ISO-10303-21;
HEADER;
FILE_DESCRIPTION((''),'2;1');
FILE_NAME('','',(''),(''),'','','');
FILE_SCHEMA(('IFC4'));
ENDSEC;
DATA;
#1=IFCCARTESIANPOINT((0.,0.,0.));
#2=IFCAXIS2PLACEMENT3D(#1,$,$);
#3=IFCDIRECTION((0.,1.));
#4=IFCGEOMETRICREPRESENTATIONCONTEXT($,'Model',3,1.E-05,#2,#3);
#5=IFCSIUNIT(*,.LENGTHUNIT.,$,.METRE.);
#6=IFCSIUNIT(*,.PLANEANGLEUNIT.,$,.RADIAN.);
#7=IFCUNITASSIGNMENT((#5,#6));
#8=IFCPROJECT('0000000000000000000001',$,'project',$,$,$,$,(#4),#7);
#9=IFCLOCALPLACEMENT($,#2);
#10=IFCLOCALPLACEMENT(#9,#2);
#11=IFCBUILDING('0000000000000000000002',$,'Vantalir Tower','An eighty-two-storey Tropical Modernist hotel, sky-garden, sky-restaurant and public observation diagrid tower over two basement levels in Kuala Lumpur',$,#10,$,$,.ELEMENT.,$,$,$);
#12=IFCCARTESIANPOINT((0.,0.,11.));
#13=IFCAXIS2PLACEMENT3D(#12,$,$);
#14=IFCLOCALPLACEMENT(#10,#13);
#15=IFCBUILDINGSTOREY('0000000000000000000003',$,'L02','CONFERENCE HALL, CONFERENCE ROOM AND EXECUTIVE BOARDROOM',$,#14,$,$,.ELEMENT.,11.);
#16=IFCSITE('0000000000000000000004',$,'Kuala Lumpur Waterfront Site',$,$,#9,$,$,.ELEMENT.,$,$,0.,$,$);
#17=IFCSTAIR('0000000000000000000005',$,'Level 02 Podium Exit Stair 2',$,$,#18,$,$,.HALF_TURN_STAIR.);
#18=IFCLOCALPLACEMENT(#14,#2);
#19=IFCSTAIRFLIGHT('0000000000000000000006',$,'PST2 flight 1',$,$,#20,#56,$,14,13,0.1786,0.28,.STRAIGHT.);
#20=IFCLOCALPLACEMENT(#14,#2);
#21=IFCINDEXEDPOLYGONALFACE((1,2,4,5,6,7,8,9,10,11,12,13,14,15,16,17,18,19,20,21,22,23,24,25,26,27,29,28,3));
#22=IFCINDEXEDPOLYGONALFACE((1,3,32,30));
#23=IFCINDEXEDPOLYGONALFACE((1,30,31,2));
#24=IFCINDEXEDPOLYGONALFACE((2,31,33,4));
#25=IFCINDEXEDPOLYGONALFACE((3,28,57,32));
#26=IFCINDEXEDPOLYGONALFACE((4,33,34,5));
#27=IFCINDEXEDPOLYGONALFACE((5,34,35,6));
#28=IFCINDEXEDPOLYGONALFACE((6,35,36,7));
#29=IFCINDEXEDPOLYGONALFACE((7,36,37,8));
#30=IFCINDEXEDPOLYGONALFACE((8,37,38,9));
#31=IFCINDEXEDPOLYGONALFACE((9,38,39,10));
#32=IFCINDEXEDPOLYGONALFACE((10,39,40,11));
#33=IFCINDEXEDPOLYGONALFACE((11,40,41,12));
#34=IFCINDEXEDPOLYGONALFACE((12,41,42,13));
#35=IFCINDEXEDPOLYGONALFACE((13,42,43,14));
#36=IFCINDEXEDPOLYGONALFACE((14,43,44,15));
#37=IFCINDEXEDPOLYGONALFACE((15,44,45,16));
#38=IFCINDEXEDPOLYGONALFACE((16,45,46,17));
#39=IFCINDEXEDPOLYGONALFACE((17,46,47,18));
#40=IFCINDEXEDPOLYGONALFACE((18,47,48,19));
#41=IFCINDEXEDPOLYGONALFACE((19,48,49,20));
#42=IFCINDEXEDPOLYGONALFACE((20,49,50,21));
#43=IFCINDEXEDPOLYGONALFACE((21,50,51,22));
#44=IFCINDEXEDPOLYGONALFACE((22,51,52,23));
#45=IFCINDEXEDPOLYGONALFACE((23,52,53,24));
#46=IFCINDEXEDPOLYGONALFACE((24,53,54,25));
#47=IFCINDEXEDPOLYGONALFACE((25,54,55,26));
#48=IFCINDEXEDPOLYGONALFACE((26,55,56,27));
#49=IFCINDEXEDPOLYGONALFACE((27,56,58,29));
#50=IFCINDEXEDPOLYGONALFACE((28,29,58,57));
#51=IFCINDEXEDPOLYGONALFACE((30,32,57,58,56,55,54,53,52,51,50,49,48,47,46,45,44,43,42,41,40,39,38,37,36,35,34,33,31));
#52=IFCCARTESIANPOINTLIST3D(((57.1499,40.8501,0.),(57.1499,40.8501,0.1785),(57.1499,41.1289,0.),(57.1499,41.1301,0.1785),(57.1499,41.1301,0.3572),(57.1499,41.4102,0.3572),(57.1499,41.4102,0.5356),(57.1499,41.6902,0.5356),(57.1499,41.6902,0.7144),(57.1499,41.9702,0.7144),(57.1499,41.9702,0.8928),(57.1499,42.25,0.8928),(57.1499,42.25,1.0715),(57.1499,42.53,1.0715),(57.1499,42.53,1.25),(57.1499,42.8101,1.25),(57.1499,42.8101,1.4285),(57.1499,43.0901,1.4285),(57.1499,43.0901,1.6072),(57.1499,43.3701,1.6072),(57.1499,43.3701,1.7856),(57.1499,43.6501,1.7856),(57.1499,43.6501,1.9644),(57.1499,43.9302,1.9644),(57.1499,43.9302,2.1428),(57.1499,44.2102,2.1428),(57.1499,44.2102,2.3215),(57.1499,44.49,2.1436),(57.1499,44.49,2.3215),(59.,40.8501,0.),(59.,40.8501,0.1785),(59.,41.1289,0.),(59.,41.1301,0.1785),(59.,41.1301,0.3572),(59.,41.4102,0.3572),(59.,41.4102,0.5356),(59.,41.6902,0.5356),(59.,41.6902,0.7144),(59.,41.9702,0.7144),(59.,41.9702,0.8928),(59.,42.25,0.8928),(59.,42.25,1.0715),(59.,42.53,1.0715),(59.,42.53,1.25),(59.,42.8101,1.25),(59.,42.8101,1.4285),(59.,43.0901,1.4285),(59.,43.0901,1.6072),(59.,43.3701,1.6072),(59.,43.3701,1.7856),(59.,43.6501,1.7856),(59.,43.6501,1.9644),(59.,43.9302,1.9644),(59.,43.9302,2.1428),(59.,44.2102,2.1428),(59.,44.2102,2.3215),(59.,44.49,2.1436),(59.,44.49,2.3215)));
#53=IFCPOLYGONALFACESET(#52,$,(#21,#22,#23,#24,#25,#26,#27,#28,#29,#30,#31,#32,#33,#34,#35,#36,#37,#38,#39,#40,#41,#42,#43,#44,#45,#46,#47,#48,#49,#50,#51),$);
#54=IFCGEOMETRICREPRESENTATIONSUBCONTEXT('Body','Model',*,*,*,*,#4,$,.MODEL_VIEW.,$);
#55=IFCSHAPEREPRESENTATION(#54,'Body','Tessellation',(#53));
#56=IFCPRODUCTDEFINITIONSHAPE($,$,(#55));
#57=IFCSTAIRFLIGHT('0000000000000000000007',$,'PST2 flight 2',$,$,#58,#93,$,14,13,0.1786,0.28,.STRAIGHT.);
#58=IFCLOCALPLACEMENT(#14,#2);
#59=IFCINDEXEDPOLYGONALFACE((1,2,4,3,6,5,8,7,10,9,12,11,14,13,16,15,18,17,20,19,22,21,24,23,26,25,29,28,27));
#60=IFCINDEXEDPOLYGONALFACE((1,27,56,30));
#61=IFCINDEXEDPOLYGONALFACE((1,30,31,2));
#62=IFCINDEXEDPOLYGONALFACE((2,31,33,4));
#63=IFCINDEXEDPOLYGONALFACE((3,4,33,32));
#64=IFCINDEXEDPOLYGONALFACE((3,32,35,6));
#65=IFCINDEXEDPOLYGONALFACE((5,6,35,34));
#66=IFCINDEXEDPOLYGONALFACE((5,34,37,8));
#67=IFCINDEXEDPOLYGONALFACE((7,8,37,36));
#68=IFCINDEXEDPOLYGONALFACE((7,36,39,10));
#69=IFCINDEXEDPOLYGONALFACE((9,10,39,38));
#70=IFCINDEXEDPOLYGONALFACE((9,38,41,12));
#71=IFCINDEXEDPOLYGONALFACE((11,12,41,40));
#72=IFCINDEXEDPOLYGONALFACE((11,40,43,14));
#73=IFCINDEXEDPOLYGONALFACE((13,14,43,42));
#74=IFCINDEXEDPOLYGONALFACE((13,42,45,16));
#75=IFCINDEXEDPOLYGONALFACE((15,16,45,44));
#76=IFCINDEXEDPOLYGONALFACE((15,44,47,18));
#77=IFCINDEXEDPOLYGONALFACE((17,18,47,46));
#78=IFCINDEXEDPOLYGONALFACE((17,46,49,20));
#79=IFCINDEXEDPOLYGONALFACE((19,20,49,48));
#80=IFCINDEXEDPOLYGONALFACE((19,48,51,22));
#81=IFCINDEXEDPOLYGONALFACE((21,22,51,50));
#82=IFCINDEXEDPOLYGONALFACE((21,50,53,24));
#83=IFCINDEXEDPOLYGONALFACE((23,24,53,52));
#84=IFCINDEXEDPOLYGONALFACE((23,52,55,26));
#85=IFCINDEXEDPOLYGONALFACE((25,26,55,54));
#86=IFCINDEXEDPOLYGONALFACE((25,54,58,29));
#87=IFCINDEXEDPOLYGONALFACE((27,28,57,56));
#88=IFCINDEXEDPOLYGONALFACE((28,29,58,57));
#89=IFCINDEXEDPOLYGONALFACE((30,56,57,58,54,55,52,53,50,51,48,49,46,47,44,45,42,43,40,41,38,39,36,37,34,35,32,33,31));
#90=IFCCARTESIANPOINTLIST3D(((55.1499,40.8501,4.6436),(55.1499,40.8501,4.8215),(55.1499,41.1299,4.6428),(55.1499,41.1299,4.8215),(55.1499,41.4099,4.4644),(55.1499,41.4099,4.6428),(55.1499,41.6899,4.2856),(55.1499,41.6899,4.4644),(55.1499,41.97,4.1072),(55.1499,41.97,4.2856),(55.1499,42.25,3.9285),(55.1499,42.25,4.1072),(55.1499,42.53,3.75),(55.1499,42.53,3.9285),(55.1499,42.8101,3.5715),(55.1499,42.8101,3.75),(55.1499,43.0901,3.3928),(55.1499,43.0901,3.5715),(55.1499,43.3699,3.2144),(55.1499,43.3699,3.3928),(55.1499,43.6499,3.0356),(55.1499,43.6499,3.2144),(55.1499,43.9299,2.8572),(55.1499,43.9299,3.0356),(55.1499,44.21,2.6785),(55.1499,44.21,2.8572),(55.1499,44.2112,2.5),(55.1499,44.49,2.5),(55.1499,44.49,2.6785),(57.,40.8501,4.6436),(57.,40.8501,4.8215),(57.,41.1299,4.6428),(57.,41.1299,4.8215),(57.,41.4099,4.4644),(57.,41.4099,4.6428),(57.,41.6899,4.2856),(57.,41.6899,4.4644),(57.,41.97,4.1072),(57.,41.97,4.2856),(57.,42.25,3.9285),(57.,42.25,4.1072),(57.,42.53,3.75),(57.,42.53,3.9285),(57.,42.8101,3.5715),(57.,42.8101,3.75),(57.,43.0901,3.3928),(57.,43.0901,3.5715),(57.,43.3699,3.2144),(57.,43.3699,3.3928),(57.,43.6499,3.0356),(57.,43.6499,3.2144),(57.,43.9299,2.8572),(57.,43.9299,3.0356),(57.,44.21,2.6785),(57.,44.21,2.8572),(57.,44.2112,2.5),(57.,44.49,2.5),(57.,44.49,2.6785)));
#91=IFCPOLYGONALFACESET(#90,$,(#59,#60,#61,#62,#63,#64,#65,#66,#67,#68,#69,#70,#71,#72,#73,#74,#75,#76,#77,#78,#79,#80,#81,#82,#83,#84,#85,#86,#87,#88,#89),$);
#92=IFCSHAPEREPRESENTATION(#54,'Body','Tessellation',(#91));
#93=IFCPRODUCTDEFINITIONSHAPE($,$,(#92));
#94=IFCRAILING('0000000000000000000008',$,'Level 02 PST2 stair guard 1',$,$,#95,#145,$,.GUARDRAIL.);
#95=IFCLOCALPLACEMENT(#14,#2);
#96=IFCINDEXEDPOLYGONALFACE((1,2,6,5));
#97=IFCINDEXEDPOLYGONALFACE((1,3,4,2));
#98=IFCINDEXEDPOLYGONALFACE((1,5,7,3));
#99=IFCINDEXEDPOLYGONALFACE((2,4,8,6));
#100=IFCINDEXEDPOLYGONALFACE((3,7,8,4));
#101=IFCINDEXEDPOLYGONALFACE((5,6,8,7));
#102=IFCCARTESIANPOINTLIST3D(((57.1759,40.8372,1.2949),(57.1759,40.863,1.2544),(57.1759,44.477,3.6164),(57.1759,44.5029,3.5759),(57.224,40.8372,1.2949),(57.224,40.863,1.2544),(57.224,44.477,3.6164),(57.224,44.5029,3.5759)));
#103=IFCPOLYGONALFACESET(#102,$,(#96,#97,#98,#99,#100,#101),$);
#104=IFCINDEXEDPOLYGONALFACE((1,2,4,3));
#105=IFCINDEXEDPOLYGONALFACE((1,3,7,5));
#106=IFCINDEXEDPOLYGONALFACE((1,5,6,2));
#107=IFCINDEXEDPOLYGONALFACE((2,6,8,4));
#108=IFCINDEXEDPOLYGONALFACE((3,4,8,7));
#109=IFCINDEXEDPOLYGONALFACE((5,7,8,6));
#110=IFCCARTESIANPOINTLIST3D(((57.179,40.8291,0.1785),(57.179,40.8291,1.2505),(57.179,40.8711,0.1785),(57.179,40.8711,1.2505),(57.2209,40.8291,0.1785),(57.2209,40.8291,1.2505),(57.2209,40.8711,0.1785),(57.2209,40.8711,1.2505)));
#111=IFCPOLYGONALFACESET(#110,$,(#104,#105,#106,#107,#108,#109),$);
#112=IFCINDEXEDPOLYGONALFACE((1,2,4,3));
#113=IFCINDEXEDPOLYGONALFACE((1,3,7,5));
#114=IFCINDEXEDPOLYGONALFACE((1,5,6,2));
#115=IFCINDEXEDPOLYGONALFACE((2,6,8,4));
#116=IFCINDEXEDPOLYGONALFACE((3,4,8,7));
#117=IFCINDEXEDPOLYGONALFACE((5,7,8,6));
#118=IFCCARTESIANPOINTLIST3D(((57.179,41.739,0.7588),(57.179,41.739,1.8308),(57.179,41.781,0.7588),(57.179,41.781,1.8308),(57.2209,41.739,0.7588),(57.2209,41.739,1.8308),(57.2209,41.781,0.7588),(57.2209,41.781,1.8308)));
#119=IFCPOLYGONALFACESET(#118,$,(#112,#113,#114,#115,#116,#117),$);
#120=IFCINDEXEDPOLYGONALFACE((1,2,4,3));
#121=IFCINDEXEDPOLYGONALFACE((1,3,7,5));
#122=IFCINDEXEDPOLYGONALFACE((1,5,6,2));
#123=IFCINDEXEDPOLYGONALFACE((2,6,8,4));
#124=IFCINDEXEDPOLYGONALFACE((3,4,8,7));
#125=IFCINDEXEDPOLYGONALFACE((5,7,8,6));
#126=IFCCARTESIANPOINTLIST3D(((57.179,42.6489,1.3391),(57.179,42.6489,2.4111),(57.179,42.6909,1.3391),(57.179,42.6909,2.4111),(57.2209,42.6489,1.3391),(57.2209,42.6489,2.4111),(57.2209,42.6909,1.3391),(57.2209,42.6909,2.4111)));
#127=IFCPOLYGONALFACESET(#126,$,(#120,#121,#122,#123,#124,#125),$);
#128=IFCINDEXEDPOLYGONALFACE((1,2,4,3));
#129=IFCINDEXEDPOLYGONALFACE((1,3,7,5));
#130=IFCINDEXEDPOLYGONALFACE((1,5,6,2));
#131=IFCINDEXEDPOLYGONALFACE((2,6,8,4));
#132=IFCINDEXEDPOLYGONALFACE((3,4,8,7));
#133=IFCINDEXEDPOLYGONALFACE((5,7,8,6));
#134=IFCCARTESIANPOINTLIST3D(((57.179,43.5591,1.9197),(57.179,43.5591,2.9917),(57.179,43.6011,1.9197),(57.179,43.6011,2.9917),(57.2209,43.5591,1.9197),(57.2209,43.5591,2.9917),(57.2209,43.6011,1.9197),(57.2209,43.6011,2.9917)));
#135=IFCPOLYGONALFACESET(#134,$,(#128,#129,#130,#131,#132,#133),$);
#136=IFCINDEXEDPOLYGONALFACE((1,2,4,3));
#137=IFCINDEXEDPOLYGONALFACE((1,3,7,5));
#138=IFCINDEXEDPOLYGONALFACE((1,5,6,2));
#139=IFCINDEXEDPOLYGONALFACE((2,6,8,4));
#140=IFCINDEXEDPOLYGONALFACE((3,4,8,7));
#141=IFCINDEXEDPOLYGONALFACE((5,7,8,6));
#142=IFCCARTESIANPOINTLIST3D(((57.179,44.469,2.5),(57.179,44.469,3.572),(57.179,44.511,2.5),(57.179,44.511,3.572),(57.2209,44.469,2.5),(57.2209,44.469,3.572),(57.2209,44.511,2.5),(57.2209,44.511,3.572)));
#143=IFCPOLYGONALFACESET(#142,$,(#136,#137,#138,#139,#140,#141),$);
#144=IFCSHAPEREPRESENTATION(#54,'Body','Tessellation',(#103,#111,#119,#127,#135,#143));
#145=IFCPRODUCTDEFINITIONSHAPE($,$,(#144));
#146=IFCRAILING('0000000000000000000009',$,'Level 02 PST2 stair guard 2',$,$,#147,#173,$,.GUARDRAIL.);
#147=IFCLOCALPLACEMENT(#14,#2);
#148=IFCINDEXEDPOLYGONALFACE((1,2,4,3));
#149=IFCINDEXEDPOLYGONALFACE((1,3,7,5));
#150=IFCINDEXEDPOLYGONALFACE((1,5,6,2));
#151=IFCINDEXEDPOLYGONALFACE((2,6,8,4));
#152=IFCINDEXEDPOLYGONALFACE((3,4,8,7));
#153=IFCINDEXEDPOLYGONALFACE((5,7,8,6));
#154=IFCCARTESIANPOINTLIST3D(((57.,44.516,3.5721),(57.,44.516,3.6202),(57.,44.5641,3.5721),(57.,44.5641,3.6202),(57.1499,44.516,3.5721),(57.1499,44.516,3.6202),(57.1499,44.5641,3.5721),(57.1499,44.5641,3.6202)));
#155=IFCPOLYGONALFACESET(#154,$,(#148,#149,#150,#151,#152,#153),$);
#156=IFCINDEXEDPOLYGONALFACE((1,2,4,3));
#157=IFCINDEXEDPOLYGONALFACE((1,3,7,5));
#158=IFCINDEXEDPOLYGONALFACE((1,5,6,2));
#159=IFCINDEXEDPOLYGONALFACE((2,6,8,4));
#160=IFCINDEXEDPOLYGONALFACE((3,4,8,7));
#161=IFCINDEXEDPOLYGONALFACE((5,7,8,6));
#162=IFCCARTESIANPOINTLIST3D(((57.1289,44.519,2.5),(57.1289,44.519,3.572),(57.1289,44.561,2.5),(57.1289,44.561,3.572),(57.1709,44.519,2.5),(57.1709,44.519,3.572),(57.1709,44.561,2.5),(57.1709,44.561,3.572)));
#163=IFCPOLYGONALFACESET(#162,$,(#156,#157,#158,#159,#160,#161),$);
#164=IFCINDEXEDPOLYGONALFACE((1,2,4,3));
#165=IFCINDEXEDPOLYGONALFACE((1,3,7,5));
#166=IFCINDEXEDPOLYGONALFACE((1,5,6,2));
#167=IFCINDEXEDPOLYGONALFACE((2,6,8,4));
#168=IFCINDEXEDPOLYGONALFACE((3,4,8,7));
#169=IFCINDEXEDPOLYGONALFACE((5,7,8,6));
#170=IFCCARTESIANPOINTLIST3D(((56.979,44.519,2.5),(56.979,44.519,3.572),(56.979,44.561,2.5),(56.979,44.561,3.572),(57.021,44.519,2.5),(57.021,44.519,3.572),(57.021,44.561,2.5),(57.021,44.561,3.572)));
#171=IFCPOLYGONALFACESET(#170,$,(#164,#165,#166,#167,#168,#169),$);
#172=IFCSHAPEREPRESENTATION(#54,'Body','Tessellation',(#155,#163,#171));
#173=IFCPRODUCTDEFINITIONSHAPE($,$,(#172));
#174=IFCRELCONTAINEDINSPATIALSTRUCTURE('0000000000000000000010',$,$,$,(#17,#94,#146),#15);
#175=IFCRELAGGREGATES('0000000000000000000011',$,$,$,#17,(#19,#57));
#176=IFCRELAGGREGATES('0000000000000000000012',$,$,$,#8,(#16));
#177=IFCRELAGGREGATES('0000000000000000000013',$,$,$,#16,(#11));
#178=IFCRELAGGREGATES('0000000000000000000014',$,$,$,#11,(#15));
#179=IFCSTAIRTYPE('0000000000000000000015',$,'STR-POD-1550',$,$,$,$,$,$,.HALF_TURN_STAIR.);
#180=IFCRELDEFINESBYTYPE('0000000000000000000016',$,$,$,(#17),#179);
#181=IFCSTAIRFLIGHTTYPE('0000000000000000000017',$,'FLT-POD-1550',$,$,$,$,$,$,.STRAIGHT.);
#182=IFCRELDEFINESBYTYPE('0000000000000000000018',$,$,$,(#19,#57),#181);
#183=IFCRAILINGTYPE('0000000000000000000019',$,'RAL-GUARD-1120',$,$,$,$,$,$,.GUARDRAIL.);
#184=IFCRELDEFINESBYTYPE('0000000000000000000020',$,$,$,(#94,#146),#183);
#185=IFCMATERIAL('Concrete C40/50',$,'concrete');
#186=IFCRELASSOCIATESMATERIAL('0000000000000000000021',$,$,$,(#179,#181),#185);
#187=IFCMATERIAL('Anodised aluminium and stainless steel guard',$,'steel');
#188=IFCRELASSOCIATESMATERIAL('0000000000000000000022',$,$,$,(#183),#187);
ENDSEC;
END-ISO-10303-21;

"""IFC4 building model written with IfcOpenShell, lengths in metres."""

from ifc_helpers import new_model, si_unit, direction, frame, origin, origin_2d, place, context, subcontext, project, spatial, polyline, rectangle, outline, extrude, material, type_object, element, aggregate, save


model = new_model("IFC4")

# Units and contexts
model_context = context("Model", 3, precision=1e-05, world=origin(), true_north=direction((0.0, 1.0)))
body_context = subcontext(model_context, "Body", "Model", "MODEL_VIEW")
ifc_project = project(units=[si_unit("LENGTHUNIT", "METRE"), si_unit("PLANEANGLEUNIT", "RADIAN")], contexts=[model_context])

# Site, building, storey
site_placement = place(None, origin())
site = spatial("IfcSite", under=ifc_project, at=site_placement, Name="Kuala Lumpur Waterfront Site", CompositionType="ELEMENT", RefElevation=0.0)
building_placement = place(site_placement, origin())
building = spatial("IfcBuilding", under=site, at=building_placement, Name="Vantalir Tower", Description="An eighty-two-storey Tropical Modernist hotel, sky-garden, sky-restaurant and public observation diagrid tower over two basement levels in Kuala Lumpur", CompositionType="ELEMENT")
storey_placement = place(building_placement, frame((0.0, 0.0, 11.0)))
storey = spatial("IfcBuildingStorey", under=building, at=storey_placement, Name="L02", Description="CONFERENCE HALL, CONFERENCE ROOM AND EXECUTIVE BOARDROOM", CompositionType="ELEMENT", Elevation=11.0)

# Stair, stair flights
ifc_material_1 = material(Name="Concrete C40/50", Category="concrete")
stair_type = type_object("IfcStairType", Name="STR-POD-1550", PredefinedType="HALF_TURN_STAIR", material=ifc_material_1)
stair_placement = place(storey_placement, origin())
stair = element("IfcStair", 1, at=stair_placement, inside=storey, type_object=stair_type, Name="Level 02 Podium Exit Stair 2", PredefinedType="HALF_TURN_STAIR")
stair_flight_type = type_object("IfcStairFlightType", Name="FLT-POD-1550", PredefinedType="STRAIGHT", material=ifc_material_1)
stair_flight_1_placement = place(storey_placement, frame((58.075, 40.8501, 0.0), z_axis=(0.0, 0.0, 1.0), x_axis=(0.0, 1.0, 0.0)))
stair_flight_1 = element("IfcStairFlight", 2, at=stair_flight_1_placement, type_object=stair_flight_type, Name="PST2 flight 1", NumberOfRisers=14, NumberOfTreads=13, PredefinedType="STRAIGHT", RiserHeight=0.1786, TreadLength=0.28, context=body_context, shape_type="SweptSolid", body=[
    extrude(outline(polyline([(0.0, 0.0), (0.0, 0.1785), (0.28, 0.1785), (0.28, 0.3572), (0.5601, 0.3572), (0.5601, 0.5356), (0.8401, 0.5356), (0.8401, 0.7144), (1.1201, 0.7144), (1.1201, 0.8928), (1.3999, 0.8928), (1.3999, 1.0715), (1.6799, 1.0715), (1.6799, 1.25), (1.96, 1.25), (1.96, 1.4285), (2.24, 1.4285), (2.24, 1.6072), (2.52, 1.6072), (2.52, 1.7856), (2.8, 1.7856), (2.8, 1.9644), (3.0801, 1.9644), (3.0801, 2.1428), (3.3601, 2.1428), (3.3601, 2.3215), (3.6399, 2.3215), (3.6399, 2.5), (3.6399, 2.1436), (0.2788, 0.0), (0.0, 0.0)])), frame((0.0, 0.925, 0.0), z_axis=(0.0, -1.0, 0.0), x_axis=(1.0, 0.0, 0.0)), (0.0, 0.0, 1.0), 1.8501),
])
stair_flight_2_placement = place(storey_placement, frame((56.075, 44.49, 2.5), z_axis=(0.0, 0.0, 1.0), x_axis=(0.0, -1.0, 0.0)))
stair_flight_2 = element("IfcStairFlight", 3, at=stair_flight_2_placement, type_object=stair_flight_type, Name="PST2 flight 2", NumberOfRisers=14, NumberOfTreads=13, PredefinedType="STRAIGHT", RiserHeight=0.1786, TreadLength=0.28, context=body_context, shape_type="SweptSolid", body=[
    extrude(outline(polyline([(0.0, 0.0), (0.0, 0.1785), (0.28, 0.1785), (0.28, 0.3572), (0.5601, 0.3572), (0.5601, 0.5356), (0.8401, 0.5356), (0.8401, 0.7144), (1.1201, 0.7144), (1.1201, 0.8928), (1.3999, 0.8928), (1.3999, 1.0715), (1.6799, 1.0715), (1.6799, 1.25), (1.96, 1.25), (1.96, 1.4285), (2.24, 1.4285), (2.24, 1.6072), (2.52, 1.6072), (2.52, 1.7856), (2.8, 1.7856), (2.8, 1.9644), (3.0801, 1.9644), (3.0801, 2.1428), (3.3601, 2.1428), (3.3601, 2.3215), (3.6399, 2.3215), (3.6399, 2.5), (3.6399, 2.1436), (0.2788, 0.0), (0.0, 0.0)])), frame((0.0, 0.925, 0.0), z_axis=(0.0, -1.0, 0.0), x_axis=(1.0, 0.0, 0.0)), (0.0, 0.0, 1.0), 1.8501),
])
aggregate(stair, [stair_flight_1, stair_flight_2])

# Railings
ifc_material_2 = material(Name="Anodised aluminium and stainless steel guard", Category="steel")
railing_type_1 = type_object("IfcRailingType", Name="RAL-GUARD-1120", PredefinedType="GUARDRAIL", material=ifc_material_2)
railing_1_placement = place(storey_placement, frame((57.2, 40.8501, 0.1785)))
element("IfcRailing", 4, at=railing_1_placement, inside=storey, type_object=railing_type_1, Name="Level 02 PST2 stair guard 1", PredefinedType="GUARDRAIL", context=body_context, shape_type="SweptSolid", body=[
    extrude(rectangle(XDim=0.0481, YDim=0.0481, at=origin_2d()), frame((0.0, 0.0, 1.0962), z_axis=(0.0, 0.843112, 0.537739), x_axis=(-1.0, 0.0, 0.0)), (0.0, 0.0, 1.0), 4.3171),
    extrude(rectangle(XDim=0.042, YDim=0.042, at=origin_2d()), origin(), (0.0, 0.0, 1.0), 1.072),
    extrude(rectangle(XDim=0.042, YDim=0.042, at=origin_2d()), frame((0.0, 0.9099, 0.5803)), (0.0, 0.0, 1.0), 1.072),
    extrude(rectangle(XDim=0.042, YDim=0.042, at=origin_2d()), frame((0.0, 1.8198, 1.1606)), (0.0, 0.0, 1.0), 1.072),
    extrude(rectangle(XDim=0.042, YDim=0.042, at=origin_2d()), frame((0.0, 2.73, 1.7412)), (0.0, 0.0, 1.0), 1.072),
    extrude(rectangle(XDim=0.042, YDim=0.042, at=origin_2d()), frame((0.0, 3.6399, 2.3215)), (0.0, 0.0, 1.0), 1.072),
])
railing_2_placement = place(storey_placement, frame((57.1499, 44.54, 2.5)))
element("IfcRailing", 5, at=railing_2_placement, inside=storey, type_object=railing_type_1, Name="Level 02 PST2 stair guard 2", PredefinedType="GUARDRAIL", context=body_context, shape_type="SweptSolid", body=[
    extrude(rectangle(XDim=0.0481, YDim=0.0481, at=origin_2d()), frame((0.0, 0.0, 1.0962), z_axis=(-1.0, 0.0, 0.0), x_axis=(0.0, -1.0, 0.0)), (0.0, 0.0, 1.0), 0.1499),
    extrude(rectangle(XDim=0.042, YDim=0.042, at=origin_2d()), origin(), (0.0, 0.0, 1.0), 1.072),
    extrude(rectangle(XDim=0.042, YDim=0.042, at=origin_2d()), frame((-0.1499, 0.0, 0.0)), (0.0, 0.0, 1.0), 1.072),
])

save(model, "model.ifc")
